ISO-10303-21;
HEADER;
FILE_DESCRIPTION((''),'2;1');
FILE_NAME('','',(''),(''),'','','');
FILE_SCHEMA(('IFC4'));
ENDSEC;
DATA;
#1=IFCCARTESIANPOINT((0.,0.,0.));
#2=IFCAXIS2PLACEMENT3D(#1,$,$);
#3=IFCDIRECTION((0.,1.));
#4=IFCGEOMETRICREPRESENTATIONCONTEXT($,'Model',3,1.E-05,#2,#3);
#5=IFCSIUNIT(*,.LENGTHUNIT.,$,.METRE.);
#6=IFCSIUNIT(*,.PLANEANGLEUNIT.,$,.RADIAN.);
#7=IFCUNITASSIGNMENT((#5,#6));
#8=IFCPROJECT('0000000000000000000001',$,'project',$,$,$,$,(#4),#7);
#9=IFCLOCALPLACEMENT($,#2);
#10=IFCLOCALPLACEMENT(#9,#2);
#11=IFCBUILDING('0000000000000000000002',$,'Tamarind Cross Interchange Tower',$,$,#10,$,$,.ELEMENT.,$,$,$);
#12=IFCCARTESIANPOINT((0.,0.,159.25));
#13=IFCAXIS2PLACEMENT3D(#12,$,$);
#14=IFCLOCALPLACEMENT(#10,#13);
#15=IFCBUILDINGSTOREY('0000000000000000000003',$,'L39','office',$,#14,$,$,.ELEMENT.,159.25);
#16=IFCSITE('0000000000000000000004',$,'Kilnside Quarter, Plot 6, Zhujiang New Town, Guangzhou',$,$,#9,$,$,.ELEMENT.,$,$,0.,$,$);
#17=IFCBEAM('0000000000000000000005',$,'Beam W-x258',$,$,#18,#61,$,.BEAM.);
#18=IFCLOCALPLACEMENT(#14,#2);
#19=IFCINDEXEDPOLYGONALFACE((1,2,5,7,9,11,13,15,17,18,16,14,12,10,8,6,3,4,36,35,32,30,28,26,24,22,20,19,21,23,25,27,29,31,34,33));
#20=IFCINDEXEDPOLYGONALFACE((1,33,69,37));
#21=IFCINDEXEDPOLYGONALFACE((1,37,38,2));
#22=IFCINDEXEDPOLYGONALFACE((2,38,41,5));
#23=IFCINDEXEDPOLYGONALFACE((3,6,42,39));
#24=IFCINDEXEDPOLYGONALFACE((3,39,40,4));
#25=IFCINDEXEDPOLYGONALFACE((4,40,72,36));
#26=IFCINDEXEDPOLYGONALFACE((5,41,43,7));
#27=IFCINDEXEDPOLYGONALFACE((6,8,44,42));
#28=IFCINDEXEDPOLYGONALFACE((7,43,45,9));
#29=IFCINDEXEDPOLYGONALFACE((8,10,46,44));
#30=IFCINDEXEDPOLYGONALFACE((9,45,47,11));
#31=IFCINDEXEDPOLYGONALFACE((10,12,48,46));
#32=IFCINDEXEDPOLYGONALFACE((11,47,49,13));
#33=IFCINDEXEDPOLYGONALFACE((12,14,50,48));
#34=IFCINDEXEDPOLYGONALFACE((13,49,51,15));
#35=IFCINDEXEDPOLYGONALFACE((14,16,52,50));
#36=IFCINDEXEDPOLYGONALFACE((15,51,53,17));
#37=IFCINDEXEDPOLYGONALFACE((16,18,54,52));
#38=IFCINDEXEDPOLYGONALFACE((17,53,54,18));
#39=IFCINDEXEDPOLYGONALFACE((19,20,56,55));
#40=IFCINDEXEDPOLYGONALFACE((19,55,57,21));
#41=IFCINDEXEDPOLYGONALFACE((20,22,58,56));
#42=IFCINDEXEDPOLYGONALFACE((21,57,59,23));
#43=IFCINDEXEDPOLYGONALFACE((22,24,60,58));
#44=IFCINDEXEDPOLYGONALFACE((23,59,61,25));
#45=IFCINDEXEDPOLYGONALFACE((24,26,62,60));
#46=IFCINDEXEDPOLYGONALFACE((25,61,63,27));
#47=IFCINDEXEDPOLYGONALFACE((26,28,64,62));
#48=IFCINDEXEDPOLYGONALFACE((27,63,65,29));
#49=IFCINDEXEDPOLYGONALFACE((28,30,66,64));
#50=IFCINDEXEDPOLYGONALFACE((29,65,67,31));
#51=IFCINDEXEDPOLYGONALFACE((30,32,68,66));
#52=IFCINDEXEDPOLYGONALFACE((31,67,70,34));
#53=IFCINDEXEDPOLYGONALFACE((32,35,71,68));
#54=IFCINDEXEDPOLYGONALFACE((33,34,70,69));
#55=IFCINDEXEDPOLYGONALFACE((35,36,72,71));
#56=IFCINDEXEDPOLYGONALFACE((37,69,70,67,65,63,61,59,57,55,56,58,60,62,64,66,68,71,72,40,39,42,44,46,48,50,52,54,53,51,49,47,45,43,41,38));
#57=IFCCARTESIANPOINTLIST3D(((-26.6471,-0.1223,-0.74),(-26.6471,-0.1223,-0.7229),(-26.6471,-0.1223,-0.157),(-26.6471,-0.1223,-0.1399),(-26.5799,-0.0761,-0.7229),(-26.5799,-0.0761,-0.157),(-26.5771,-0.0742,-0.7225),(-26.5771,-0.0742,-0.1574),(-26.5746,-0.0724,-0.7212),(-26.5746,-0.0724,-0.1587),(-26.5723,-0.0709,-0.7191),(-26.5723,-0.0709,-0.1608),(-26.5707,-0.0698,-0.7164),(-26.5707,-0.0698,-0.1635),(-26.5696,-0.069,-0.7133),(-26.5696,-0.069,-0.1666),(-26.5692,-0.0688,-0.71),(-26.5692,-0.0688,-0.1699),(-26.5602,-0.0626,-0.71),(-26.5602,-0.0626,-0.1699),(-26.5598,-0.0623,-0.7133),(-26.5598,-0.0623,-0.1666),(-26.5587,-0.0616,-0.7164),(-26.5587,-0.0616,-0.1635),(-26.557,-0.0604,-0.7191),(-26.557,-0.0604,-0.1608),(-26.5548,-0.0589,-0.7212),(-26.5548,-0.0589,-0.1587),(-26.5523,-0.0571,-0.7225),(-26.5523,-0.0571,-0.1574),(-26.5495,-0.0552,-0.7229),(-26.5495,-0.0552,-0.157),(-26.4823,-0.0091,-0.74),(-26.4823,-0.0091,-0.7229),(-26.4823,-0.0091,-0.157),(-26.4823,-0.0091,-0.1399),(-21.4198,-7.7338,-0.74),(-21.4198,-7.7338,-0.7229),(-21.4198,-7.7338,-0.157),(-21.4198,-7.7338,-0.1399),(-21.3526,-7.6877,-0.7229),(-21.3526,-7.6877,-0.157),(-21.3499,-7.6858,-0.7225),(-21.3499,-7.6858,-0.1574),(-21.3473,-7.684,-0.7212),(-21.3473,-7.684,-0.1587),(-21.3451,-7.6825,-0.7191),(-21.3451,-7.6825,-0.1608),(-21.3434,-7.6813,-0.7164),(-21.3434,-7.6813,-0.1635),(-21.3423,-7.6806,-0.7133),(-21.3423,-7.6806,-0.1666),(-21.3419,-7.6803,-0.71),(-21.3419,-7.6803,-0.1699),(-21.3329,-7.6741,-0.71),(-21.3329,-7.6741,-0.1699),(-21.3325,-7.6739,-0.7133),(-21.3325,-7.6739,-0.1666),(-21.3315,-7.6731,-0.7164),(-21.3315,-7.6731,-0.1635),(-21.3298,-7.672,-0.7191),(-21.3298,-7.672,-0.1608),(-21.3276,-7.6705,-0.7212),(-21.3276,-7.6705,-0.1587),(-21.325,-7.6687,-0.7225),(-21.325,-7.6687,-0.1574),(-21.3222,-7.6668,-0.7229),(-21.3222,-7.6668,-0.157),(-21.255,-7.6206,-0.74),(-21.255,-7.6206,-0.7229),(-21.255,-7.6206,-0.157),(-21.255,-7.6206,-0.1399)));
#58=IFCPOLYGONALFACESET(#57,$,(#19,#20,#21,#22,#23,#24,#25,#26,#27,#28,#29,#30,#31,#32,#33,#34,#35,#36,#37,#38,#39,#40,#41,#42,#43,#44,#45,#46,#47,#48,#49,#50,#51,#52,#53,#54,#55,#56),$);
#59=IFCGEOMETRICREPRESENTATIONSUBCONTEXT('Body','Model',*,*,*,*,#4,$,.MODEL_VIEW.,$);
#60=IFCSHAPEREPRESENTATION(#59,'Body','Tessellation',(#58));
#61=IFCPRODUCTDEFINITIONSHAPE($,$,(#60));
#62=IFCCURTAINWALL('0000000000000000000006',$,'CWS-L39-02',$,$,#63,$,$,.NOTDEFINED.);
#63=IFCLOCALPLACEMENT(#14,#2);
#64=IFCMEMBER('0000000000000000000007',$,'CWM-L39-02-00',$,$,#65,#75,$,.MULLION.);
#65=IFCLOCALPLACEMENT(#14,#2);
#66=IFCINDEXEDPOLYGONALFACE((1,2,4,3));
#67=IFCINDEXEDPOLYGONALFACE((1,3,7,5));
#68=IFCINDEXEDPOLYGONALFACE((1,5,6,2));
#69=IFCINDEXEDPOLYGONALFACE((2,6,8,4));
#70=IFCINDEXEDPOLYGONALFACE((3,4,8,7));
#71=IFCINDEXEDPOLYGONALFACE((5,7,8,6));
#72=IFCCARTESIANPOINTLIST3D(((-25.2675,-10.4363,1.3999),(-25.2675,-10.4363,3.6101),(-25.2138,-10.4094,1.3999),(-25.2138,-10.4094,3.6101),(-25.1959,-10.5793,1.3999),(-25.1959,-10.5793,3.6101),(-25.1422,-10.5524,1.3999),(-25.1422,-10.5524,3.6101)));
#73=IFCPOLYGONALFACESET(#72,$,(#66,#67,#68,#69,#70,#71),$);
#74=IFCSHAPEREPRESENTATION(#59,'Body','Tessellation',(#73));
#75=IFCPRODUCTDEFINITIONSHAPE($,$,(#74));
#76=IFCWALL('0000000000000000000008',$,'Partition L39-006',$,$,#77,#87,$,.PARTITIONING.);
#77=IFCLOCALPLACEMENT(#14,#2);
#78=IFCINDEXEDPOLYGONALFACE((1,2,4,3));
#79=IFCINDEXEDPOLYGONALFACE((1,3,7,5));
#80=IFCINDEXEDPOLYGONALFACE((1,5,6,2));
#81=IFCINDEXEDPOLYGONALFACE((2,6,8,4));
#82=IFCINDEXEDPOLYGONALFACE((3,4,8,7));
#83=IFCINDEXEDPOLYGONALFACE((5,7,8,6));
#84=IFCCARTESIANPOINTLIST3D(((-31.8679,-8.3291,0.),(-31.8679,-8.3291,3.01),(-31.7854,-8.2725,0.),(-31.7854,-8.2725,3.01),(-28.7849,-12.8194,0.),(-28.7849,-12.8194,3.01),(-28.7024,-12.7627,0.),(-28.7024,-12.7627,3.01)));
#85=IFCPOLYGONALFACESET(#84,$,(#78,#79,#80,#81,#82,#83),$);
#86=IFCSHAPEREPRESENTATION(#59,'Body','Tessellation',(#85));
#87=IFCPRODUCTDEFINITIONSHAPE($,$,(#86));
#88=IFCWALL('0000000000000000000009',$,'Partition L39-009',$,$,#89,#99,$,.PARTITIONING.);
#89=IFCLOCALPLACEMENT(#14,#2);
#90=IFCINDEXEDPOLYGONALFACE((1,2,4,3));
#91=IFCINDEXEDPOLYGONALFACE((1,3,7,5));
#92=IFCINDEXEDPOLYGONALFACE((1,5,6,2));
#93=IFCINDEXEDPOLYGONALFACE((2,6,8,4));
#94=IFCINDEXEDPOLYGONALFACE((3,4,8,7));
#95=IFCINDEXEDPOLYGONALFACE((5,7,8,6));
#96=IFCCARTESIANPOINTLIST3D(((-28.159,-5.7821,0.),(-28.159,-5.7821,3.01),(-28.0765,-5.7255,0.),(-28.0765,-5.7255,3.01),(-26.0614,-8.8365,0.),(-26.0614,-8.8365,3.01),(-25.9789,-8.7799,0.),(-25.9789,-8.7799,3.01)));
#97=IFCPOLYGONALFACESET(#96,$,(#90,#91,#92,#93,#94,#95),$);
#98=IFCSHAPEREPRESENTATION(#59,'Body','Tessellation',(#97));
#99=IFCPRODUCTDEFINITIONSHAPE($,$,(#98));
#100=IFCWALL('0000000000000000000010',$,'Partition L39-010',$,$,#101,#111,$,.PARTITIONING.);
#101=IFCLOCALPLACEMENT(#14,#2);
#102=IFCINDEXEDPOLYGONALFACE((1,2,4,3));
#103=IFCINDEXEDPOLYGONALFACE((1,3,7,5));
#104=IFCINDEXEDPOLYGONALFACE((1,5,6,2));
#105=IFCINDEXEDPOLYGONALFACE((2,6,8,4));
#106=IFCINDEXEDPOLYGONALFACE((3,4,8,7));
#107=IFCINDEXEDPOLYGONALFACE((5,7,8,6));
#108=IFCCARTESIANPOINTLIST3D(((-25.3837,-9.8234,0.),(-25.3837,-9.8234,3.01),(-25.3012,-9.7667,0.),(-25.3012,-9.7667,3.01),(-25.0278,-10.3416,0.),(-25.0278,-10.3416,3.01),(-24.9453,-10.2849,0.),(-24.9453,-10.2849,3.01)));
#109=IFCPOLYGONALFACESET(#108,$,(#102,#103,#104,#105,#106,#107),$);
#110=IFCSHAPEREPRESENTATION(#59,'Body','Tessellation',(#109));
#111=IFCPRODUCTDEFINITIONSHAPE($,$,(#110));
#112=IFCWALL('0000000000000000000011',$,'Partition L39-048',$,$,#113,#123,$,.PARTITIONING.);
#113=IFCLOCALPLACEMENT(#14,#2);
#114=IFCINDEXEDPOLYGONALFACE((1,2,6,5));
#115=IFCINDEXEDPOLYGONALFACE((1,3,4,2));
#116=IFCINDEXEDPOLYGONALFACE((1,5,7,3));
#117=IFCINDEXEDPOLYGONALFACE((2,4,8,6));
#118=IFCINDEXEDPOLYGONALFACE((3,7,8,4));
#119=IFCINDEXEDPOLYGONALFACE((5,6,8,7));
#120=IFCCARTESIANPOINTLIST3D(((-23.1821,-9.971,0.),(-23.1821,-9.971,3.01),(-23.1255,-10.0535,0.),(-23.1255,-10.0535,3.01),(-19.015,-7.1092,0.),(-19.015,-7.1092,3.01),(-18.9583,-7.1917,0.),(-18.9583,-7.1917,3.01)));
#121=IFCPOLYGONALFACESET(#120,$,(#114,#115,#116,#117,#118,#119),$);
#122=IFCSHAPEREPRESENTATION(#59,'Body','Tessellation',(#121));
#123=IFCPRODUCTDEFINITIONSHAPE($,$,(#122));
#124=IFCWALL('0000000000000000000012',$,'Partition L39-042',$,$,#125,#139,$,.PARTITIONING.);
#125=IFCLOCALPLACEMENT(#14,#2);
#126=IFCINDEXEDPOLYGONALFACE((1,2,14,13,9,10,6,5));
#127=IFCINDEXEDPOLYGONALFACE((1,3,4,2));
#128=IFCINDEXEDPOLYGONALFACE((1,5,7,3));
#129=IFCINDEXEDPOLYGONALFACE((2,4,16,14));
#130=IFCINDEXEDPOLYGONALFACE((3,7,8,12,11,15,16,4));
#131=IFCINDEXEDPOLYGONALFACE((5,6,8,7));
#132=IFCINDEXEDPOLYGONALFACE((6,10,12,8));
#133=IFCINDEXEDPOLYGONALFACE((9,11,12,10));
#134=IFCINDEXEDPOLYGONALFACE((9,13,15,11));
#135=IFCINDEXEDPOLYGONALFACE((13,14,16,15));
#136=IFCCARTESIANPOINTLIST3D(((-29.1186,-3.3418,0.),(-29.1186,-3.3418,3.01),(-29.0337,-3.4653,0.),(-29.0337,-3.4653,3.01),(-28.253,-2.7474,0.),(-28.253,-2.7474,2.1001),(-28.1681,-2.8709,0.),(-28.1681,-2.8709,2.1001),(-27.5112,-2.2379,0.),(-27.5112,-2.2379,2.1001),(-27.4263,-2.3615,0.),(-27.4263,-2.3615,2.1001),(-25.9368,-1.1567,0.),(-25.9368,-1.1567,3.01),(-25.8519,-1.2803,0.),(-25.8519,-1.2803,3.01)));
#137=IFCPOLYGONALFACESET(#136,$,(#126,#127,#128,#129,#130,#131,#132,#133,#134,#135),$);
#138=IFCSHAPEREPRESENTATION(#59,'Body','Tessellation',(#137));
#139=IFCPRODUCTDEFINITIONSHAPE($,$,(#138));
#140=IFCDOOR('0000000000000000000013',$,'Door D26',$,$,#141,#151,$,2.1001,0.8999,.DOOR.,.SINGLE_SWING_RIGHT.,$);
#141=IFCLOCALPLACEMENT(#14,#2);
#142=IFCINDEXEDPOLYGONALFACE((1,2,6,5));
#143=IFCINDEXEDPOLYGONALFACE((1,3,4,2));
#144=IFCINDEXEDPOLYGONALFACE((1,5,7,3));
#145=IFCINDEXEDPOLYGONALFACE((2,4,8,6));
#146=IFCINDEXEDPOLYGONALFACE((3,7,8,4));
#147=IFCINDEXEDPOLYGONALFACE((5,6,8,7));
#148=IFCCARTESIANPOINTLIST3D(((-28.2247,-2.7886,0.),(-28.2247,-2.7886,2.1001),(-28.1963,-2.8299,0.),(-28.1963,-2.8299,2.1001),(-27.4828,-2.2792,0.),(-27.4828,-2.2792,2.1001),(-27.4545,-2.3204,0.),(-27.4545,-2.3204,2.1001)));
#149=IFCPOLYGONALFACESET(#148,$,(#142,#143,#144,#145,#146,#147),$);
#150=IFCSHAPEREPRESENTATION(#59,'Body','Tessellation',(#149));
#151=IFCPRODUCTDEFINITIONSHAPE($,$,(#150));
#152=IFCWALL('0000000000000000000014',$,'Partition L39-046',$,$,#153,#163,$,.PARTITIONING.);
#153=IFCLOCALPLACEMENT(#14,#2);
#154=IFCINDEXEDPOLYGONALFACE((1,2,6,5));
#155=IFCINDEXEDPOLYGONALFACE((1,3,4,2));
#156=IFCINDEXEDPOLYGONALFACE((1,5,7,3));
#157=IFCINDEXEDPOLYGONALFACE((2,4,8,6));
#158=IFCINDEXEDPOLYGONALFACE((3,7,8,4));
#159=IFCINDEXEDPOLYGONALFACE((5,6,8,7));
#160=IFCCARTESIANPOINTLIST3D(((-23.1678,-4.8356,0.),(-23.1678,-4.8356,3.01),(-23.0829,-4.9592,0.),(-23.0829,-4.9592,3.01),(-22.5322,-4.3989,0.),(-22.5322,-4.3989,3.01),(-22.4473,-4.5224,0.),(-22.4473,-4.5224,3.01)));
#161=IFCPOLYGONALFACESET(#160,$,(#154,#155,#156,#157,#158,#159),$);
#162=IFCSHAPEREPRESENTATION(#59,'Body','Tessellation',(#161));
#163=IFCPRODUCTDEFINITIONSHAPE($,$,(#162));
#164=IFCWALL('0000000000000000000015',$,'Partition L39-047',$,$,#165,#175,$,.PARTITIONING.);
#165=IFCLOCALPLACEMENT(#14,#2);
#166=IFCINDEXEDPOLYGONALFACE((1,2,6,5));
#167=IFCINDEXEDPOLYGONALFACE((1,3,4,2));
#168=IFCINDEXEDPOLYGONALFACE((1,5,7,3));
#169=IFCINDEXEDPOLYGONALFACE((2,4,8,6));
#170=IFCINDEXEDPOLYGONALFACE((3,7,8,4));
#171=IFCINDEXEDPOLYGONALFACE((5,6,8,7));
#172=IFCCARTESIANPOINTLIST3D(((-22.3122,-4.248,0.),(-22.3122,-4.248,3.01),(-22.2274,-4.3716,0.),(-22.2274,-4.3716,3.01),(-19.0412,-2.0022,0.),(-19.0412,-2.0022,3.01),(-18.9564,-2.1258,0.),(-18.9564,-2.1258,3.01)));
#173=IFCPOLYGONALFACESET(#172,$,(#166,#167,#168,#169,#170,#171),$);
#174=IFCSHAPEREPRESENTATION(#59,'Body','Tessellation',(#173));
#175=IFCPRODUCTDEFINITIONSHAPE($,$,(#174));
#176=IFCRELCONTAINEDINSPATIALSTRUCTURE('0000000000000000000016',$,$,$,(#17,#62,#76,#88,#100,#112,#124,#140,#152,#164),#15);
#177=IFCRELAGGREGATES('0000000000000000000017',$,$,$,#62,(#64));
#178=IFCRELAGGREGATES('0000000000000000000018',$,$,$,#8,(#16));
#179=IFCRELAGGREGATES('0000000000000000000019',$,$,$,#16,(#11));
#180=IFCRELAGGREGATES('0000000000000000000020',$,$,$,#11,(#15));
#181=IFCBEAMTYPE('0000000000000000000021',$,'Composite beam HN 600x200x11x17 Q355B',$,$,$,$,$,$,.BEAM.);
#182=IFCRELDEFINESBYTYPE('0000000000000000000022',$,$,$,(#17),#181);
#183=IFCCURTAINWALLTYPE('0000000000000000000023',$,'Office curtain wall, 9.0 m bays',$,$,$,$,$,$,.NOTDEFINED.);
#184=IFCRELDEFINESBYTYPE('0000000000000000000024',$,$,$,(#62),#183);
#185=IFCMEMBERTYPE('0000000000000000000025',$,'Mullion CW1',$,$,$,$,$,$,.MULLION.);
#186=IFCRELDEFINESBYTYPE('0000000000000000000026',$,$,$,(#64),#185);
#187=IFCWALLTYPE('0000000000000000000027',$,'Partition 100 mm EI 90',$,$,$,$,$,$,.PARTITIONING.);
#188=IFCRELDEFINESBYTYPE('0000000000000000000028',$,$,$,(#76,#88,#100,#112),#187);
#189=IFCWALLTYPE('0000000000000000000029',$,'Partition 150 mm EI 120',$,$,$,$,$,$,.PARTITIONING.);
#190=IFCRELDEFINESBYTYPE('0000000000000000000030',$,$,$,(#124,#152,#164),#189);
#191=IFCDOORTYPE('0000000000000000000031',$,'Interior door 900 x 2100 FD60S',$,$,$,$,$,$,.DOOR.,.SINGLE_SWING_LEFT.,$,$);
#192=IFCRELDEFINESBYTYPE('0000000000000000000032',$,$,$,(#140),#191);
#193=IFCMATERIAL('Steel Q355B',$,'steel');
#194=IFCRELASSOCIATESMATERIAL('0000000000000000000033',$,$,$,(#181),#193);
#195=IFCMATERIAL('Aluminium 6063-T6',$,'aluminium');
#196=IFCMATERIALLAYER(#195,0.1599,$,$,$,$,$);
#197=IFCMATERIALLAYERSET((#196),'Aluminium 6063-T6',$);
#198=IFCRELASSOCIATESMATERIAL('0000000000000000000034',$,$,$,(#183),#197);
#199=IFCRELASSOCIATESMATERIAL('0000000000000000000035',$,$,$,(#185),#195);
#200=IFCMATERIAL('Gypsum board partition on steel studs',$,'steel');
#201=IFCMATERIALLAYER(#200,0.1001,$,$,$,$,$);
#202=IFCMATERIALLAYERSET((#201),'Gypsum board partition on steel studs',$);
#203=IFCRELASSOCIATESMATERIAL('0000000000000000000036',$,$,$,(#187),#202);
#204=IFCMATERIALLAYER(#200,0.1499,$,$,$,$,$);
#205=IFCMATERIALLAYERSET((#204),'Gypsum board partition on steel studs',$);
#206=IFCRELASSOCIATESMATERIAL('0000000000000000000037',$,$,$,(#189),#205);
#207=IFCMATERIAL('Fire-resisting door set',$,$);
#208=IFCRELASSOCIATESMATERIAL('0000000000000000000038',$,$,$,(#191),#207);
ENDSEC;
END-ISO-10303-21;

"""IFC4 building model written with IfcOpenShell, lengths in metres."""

from ifc_helpers import new_model, si_unit, direction, frame, frame_2d, origin, origin_2d, place, context, subcontext, project, spatial, rectangle, i_section, extrude, material, layer, layer_set, material_profile, profile_set, type_object, element, fill, aggregate, save


model = new_model("IFC4")

# Units and contexts
model_context = context("Model", 3, precision=1e-05, world=origin(), true_north=direction((0.0, 1.0)))
body_context = subcontext(model_context, "Body", "Model", "MODEL_VIEW")
ifc_project = project(units=[si_unit("LENGTHUNIT", "METRE"), si_unit("PLANEANGLEUNIT", "RADIAN")], contexts=[model_context])

# Site, building, storey
site_placement = place(None, origin())
site = spatial("IfcSite", under=ifc_project, at=site_placement, Name="Kilnside Quarter, Plot 6, Zhujiang New Town, Guangzhou", CompositionType="ELEMENT", RefElevation=0.0)
building_placement = place(site_placement, origin())
building = spatial("IfcBuilding", under=site, at=building_placement, Name="Tamarind Cross Interchange Tower", CompositionType="ELEMENT")
storey_placement = place(building_placement, frame((0.0, 0.0, 159.25)))
storey = spatial("IfcBuildingStorey", under=building, at=storey_placement, Name="L39", Description="office", CompositionType="ELEMENT", Elevation=159.25)

# Beam
ifc_material_1 = material(Name="Steel Q355B", Category="steel")
ifc_material_profile_1 = material_profile(ifc_material_1, i_section(OverallWidth=0.2, OverallDepth=0.6001, WebThickness=0.011, FlangeThickness=0.0171, FilletRadius=0.0129, at=origin_2d()), Name="HN 600x200x11x17")
ifc_profile_set_1 = profile_set([ifc_material_profile_1], Name="Steel Q355B")
beam_type_1 = type_object("IfcBeamType", Name="Composite beam HN 600x200x11x17 Q355B", PredefinedType="BEAM", material=ifc_profile_set_1)
beam_1_placement = place(storey_placement, frame((-26.5647, -0.0657, -0.4399), z_axis=(0.566112, -0.824328, 0.0), x_axis=(0.824328, 0.566112, 0.0)))
element("IfcBeam", 1, at=beam_1_placement, inside=storey, type_object=beam_type_1, Name="Beam W-x258", PredefinedType="BEAM", context=body_context, shape_type="SweptSolid", body=[
    extrude(i_section(OverallWidth=0.2, OverallDepth=0.6001, WebThickness=0.011, FlangeThickness=0.0171, FilletRadius=0.0129, at=origin_2d()), origin(), (0.0, 0.0, 1.0), 9.2336),
])

# Curtain wall, member
ifc_material_2 = material(Name="Aluminium 6063-T6", Category="aluminium")
ifc_layer_1 = layer(ifc_material_2, 0.1599)
ifc_layer_set_1 = layer_set([ifc_layer_1], Name="Aluminium 6063-T6")
curtain_wall_type = type_object("IfcCurtainWallType", Name="Office curtain wall, 9.0 m bays", PredefinedType="NOTDEFINED", material=ifc_layer_set_1)
curtain_wall_placement = place(storey_placement, origin())
curtain_wall = element("IfcCurtainWall", 2, at=curtain_wall_placement, inside=storey, type_object=curtain_wall_type, Name="CWS-L39-02", PredefinedType="NOTDEFINED")
ifc_material_profile_2 = material_profile(ifc_material_2, rectangle(XDim=0.0601, YDim=0.1599, at=origin_2d()), Name="Mullion CW1")
ifc_profile_set_2 = profile_set([ifc_material_profile_2], Name="Aluminium 6063-T6")
member_type = type_object("IfcMemberType", Name="Mullion CW1", PredefinedType="MULLION", material=ifc_profile_set_2)
member_placement = place(storey_placement, frame((-25.2048, -10.4944, 1.3999), z_axis=(0.0, 0.0, 1.0), x_axis=(0.894087, 0.447894, 0.0)))
member = element("IfcMember", 3, at=member_placement, type_object=member_type, Name="CWM-L39-02-00", PredefinedType="MULLION", context=body_context, shape_type="SweptSolid", body=[
    extrude(rectangle(XDim=0.0601, YDim=0.1599, at=origin_2d()), origin(), (0.0, 0.0, 1.0), 2.2102),
])
aggregate(curtain_wall, [member])

# Walls
ifc_material_3 = material(Name="Gypsum board partition on steel studs", Category="steel")
ifc_layer_2 = layer(ifc_material_3, 0.1001)
ifc_layer_set_2 = layer_set([ifc_layer_2], Name="Gypsum board partition on steel studs")
wall_type_1 = type_object("IfcWallType", Name="Partition 100 mm EI 90", PredefinedType="PARTITIONING", material=ifc_layer_set_2)
wall_1_placement = place(storey_placement, frame((-31.8267, -8.3008, 0.0), z_axis=(0.0, 0.0, 1.0), x_axis=(0.566027, -0.824387, 0.0)))
element("IfcWall", 4, at=wall_1_placement, inside=storey, type_object=wall_type_1, Name="Partition L39-006", PredefinedType="PARTITIONING", context=body_context, shape_type="SweptSolid", body=[
    extrude(rectangle(XDim=5.4468, YDim=0.1001, at=frame_2d((2.7234, 0.0))), origin(), (0.0, 0.0, 1.0), 3.01),
])
wall_2_placement = place(storey_placement, frame((-28.1177, -5.7539, 0.0), z_axis=(0.0, 0.0, 1.0), x_axis=(0.566112, -0.824328, 0.0)))
element("IfcWall", 5, at=wall_2_placement, inside=storey, type_object=wall_type_1, Name="Partition L39-009", PredefinedType="PARTITIONING", context=body_context, shape_type="SweptSolid", body=[
    extrude(rectangle(XDim=3.7053, YDim=0.1001, at=frame_2d((1.8525, 0.0))), origin(), (0.0, 0.0, 1.0), 3.01),
])
wall_3_placement = place(storey_placement, frame((-25.3425, -9.7949, 0.0), z_axis=(0.0, 0.0, 1.0), x_axis=(0.566117, -0.824325, 0.0)))
element("IfcWall", 6, at=wall_3_placement, inside=storey, type_object=wall_type_1, Name="Partition L39-010", PredefinedType="PARTITIONING", context=body_context, shape_type="SweptSolid", body=[
    extrude(rectangle(XDim=0.6287, YDim=0.1001, at=frame_2d((0.3145, 0.0))), origin(), (0.0, 0.0, 1.0), 3.01),
])
wall_4_placement = place(storey_placement, frame((-23.1538, -10.0122, 0.0), z_axis=(0.0, 0.0, 1.0), x_axis=(0.824334, 0.566104, 0.0)))
element("IfcWall", 7, at=wall_4_placement, inside=storey, type_object=wall_type_1, Name="Partition L39-048", PredefinedType="PARTITIONING", context=body_context, shape_type="SweptSolid", body=[
    extrude(rectangle(XDim=5.0552, YDim=0.1001, at=frame_2d((2.5276, 0.0))), origin(), (0.0, 0.0, 1.0), 3.01),
])

# Wall, opening, door
ifc_layer_3 = layer(ifc_material_3, 0.1499)
ifc_layer_set_3 = layer_set([ifc_layer_3], Name="Gypsum board partition on steel studs")
wall_type_2 = type_object("IfcWallType", Name="Partition 150 mm EI 120", PredefinedType="PARTITIONING", material=ifc_layer_set_3)
wall_5_placement = place(storey_placement, frame((-29.0762, -3.4036, 0.0), z_axis=(0.0, 0.0, 1.0), x_axis=(0.824343, 0.566091, 0.0)))
wall_5 = element("IfcWall", 8, at=wall_5_placement, inside=storey, type_object=wall_type_2, Name="Partition L39-042", PredefinedType="PARTITIONING", context=body_context, shape_type="SweptSolid", body=[
    extrude(rectangle(XDim=3.8599, YDim=0.1499, at=frame_2d((1.9299, 0.0))), origin(), (0.0, 0.0, 1.0), 3.01),
])
opening_1_placement = place(wall_5_placement, frame((1.05, 0.0, 0.0)))
opening_1 = element("IfcOpeningElement", 9, at=opening_1_placement, cuts=wall_5, PredefinedType="OPENING", context=body_context, shape_type="SweptSolid", body=[
    extrude(rectangle(XDim=0.8999, YDim=2.1001, at=frame_2d((0.45, 1.05))), frame((0.0, 0.085, 0.0), z_axis=(0.0, -1.0, 0.0), x_axis=(1.0, 0.0, 0.0)), (0.0, 0.0, 1.0), 0.1699),
])
ifc_material_4 = material(Name="Fire-resisting door set")
door_type_1 = type_object("IfcDoorType", Name="Interior door 900 x 2100 FD60S", OperationType="SINGLE_SWING_LEFT", PredefinedType="DOOR", material=ifc_material_4)
door_1_placement = place(opening_1_placement, origin())
door_1 = element("IfcDoor", 10, at=door_1_placement, inside=storey, type_object=door_type_1, Name="Door D26", OperationType="SINGLE_SWING_RIGHT", OverallHeight=2.1001, OverallWidth=0.8999, PredefinedType="DOOR", context=body_context, shape_type="SweptSolid", body=[
    extrude(rectangle(XDim=0.8999, YDim=2.1001, at=frame_2d((0.45, 1.05))), frame((0.0, 0.0249, 0.0), z_axis=(0.0, -1.0, 0.0), x_axis=(1.0, 0.0, 0.0)), (0.0, 0.0, 1.0), 0.05),
])
fill(opening_1, door_1)

# Walls
wall_6_placement = place(storey_placement, frame((-23.1255, -4.8975, 0.0), z_axis=(0.0, 0.0, 1.0), x_axis=(0.824227, 0.56626, 0.0)))
element("IfcWall", 11, at=wall_6_placement, inside=storey, type_object=wall_type_2, Name="Partition L39-046", PredefinedType="PARTITIONING", context=body_context, shape_type="SweptSolid", body=[
    extrude(rectangle(XDim=0.7712, YDim=0.1499, at=frame_2d((0.3857, 0.0))), origin(), (0.0, 0.0, 1.0), 3.01),
])
wall_7_placement = place(storey_placement, frame((-22.2698, -4.3098, 0.0), z_axis=(0.0, 0.0, 1.0), x_axis=(0.82439, 0.566022, 0.0)))
element("IfcWall", 12, at=wall_7_placement, inside=storey, type_object=wall_type_2, Name="Partition L39-047", PredefinedType="PARTITIONING", context=body_context, shape_type="SweptSolid", body=[
    extrude(rectangle(XDim=3.9678, YDim=0.1499, at=frame_2d((1.9839, 0.0))), origin(), (0.0, 0.0, 1.0), 3.01),
])

save(model, "model.ifc")
